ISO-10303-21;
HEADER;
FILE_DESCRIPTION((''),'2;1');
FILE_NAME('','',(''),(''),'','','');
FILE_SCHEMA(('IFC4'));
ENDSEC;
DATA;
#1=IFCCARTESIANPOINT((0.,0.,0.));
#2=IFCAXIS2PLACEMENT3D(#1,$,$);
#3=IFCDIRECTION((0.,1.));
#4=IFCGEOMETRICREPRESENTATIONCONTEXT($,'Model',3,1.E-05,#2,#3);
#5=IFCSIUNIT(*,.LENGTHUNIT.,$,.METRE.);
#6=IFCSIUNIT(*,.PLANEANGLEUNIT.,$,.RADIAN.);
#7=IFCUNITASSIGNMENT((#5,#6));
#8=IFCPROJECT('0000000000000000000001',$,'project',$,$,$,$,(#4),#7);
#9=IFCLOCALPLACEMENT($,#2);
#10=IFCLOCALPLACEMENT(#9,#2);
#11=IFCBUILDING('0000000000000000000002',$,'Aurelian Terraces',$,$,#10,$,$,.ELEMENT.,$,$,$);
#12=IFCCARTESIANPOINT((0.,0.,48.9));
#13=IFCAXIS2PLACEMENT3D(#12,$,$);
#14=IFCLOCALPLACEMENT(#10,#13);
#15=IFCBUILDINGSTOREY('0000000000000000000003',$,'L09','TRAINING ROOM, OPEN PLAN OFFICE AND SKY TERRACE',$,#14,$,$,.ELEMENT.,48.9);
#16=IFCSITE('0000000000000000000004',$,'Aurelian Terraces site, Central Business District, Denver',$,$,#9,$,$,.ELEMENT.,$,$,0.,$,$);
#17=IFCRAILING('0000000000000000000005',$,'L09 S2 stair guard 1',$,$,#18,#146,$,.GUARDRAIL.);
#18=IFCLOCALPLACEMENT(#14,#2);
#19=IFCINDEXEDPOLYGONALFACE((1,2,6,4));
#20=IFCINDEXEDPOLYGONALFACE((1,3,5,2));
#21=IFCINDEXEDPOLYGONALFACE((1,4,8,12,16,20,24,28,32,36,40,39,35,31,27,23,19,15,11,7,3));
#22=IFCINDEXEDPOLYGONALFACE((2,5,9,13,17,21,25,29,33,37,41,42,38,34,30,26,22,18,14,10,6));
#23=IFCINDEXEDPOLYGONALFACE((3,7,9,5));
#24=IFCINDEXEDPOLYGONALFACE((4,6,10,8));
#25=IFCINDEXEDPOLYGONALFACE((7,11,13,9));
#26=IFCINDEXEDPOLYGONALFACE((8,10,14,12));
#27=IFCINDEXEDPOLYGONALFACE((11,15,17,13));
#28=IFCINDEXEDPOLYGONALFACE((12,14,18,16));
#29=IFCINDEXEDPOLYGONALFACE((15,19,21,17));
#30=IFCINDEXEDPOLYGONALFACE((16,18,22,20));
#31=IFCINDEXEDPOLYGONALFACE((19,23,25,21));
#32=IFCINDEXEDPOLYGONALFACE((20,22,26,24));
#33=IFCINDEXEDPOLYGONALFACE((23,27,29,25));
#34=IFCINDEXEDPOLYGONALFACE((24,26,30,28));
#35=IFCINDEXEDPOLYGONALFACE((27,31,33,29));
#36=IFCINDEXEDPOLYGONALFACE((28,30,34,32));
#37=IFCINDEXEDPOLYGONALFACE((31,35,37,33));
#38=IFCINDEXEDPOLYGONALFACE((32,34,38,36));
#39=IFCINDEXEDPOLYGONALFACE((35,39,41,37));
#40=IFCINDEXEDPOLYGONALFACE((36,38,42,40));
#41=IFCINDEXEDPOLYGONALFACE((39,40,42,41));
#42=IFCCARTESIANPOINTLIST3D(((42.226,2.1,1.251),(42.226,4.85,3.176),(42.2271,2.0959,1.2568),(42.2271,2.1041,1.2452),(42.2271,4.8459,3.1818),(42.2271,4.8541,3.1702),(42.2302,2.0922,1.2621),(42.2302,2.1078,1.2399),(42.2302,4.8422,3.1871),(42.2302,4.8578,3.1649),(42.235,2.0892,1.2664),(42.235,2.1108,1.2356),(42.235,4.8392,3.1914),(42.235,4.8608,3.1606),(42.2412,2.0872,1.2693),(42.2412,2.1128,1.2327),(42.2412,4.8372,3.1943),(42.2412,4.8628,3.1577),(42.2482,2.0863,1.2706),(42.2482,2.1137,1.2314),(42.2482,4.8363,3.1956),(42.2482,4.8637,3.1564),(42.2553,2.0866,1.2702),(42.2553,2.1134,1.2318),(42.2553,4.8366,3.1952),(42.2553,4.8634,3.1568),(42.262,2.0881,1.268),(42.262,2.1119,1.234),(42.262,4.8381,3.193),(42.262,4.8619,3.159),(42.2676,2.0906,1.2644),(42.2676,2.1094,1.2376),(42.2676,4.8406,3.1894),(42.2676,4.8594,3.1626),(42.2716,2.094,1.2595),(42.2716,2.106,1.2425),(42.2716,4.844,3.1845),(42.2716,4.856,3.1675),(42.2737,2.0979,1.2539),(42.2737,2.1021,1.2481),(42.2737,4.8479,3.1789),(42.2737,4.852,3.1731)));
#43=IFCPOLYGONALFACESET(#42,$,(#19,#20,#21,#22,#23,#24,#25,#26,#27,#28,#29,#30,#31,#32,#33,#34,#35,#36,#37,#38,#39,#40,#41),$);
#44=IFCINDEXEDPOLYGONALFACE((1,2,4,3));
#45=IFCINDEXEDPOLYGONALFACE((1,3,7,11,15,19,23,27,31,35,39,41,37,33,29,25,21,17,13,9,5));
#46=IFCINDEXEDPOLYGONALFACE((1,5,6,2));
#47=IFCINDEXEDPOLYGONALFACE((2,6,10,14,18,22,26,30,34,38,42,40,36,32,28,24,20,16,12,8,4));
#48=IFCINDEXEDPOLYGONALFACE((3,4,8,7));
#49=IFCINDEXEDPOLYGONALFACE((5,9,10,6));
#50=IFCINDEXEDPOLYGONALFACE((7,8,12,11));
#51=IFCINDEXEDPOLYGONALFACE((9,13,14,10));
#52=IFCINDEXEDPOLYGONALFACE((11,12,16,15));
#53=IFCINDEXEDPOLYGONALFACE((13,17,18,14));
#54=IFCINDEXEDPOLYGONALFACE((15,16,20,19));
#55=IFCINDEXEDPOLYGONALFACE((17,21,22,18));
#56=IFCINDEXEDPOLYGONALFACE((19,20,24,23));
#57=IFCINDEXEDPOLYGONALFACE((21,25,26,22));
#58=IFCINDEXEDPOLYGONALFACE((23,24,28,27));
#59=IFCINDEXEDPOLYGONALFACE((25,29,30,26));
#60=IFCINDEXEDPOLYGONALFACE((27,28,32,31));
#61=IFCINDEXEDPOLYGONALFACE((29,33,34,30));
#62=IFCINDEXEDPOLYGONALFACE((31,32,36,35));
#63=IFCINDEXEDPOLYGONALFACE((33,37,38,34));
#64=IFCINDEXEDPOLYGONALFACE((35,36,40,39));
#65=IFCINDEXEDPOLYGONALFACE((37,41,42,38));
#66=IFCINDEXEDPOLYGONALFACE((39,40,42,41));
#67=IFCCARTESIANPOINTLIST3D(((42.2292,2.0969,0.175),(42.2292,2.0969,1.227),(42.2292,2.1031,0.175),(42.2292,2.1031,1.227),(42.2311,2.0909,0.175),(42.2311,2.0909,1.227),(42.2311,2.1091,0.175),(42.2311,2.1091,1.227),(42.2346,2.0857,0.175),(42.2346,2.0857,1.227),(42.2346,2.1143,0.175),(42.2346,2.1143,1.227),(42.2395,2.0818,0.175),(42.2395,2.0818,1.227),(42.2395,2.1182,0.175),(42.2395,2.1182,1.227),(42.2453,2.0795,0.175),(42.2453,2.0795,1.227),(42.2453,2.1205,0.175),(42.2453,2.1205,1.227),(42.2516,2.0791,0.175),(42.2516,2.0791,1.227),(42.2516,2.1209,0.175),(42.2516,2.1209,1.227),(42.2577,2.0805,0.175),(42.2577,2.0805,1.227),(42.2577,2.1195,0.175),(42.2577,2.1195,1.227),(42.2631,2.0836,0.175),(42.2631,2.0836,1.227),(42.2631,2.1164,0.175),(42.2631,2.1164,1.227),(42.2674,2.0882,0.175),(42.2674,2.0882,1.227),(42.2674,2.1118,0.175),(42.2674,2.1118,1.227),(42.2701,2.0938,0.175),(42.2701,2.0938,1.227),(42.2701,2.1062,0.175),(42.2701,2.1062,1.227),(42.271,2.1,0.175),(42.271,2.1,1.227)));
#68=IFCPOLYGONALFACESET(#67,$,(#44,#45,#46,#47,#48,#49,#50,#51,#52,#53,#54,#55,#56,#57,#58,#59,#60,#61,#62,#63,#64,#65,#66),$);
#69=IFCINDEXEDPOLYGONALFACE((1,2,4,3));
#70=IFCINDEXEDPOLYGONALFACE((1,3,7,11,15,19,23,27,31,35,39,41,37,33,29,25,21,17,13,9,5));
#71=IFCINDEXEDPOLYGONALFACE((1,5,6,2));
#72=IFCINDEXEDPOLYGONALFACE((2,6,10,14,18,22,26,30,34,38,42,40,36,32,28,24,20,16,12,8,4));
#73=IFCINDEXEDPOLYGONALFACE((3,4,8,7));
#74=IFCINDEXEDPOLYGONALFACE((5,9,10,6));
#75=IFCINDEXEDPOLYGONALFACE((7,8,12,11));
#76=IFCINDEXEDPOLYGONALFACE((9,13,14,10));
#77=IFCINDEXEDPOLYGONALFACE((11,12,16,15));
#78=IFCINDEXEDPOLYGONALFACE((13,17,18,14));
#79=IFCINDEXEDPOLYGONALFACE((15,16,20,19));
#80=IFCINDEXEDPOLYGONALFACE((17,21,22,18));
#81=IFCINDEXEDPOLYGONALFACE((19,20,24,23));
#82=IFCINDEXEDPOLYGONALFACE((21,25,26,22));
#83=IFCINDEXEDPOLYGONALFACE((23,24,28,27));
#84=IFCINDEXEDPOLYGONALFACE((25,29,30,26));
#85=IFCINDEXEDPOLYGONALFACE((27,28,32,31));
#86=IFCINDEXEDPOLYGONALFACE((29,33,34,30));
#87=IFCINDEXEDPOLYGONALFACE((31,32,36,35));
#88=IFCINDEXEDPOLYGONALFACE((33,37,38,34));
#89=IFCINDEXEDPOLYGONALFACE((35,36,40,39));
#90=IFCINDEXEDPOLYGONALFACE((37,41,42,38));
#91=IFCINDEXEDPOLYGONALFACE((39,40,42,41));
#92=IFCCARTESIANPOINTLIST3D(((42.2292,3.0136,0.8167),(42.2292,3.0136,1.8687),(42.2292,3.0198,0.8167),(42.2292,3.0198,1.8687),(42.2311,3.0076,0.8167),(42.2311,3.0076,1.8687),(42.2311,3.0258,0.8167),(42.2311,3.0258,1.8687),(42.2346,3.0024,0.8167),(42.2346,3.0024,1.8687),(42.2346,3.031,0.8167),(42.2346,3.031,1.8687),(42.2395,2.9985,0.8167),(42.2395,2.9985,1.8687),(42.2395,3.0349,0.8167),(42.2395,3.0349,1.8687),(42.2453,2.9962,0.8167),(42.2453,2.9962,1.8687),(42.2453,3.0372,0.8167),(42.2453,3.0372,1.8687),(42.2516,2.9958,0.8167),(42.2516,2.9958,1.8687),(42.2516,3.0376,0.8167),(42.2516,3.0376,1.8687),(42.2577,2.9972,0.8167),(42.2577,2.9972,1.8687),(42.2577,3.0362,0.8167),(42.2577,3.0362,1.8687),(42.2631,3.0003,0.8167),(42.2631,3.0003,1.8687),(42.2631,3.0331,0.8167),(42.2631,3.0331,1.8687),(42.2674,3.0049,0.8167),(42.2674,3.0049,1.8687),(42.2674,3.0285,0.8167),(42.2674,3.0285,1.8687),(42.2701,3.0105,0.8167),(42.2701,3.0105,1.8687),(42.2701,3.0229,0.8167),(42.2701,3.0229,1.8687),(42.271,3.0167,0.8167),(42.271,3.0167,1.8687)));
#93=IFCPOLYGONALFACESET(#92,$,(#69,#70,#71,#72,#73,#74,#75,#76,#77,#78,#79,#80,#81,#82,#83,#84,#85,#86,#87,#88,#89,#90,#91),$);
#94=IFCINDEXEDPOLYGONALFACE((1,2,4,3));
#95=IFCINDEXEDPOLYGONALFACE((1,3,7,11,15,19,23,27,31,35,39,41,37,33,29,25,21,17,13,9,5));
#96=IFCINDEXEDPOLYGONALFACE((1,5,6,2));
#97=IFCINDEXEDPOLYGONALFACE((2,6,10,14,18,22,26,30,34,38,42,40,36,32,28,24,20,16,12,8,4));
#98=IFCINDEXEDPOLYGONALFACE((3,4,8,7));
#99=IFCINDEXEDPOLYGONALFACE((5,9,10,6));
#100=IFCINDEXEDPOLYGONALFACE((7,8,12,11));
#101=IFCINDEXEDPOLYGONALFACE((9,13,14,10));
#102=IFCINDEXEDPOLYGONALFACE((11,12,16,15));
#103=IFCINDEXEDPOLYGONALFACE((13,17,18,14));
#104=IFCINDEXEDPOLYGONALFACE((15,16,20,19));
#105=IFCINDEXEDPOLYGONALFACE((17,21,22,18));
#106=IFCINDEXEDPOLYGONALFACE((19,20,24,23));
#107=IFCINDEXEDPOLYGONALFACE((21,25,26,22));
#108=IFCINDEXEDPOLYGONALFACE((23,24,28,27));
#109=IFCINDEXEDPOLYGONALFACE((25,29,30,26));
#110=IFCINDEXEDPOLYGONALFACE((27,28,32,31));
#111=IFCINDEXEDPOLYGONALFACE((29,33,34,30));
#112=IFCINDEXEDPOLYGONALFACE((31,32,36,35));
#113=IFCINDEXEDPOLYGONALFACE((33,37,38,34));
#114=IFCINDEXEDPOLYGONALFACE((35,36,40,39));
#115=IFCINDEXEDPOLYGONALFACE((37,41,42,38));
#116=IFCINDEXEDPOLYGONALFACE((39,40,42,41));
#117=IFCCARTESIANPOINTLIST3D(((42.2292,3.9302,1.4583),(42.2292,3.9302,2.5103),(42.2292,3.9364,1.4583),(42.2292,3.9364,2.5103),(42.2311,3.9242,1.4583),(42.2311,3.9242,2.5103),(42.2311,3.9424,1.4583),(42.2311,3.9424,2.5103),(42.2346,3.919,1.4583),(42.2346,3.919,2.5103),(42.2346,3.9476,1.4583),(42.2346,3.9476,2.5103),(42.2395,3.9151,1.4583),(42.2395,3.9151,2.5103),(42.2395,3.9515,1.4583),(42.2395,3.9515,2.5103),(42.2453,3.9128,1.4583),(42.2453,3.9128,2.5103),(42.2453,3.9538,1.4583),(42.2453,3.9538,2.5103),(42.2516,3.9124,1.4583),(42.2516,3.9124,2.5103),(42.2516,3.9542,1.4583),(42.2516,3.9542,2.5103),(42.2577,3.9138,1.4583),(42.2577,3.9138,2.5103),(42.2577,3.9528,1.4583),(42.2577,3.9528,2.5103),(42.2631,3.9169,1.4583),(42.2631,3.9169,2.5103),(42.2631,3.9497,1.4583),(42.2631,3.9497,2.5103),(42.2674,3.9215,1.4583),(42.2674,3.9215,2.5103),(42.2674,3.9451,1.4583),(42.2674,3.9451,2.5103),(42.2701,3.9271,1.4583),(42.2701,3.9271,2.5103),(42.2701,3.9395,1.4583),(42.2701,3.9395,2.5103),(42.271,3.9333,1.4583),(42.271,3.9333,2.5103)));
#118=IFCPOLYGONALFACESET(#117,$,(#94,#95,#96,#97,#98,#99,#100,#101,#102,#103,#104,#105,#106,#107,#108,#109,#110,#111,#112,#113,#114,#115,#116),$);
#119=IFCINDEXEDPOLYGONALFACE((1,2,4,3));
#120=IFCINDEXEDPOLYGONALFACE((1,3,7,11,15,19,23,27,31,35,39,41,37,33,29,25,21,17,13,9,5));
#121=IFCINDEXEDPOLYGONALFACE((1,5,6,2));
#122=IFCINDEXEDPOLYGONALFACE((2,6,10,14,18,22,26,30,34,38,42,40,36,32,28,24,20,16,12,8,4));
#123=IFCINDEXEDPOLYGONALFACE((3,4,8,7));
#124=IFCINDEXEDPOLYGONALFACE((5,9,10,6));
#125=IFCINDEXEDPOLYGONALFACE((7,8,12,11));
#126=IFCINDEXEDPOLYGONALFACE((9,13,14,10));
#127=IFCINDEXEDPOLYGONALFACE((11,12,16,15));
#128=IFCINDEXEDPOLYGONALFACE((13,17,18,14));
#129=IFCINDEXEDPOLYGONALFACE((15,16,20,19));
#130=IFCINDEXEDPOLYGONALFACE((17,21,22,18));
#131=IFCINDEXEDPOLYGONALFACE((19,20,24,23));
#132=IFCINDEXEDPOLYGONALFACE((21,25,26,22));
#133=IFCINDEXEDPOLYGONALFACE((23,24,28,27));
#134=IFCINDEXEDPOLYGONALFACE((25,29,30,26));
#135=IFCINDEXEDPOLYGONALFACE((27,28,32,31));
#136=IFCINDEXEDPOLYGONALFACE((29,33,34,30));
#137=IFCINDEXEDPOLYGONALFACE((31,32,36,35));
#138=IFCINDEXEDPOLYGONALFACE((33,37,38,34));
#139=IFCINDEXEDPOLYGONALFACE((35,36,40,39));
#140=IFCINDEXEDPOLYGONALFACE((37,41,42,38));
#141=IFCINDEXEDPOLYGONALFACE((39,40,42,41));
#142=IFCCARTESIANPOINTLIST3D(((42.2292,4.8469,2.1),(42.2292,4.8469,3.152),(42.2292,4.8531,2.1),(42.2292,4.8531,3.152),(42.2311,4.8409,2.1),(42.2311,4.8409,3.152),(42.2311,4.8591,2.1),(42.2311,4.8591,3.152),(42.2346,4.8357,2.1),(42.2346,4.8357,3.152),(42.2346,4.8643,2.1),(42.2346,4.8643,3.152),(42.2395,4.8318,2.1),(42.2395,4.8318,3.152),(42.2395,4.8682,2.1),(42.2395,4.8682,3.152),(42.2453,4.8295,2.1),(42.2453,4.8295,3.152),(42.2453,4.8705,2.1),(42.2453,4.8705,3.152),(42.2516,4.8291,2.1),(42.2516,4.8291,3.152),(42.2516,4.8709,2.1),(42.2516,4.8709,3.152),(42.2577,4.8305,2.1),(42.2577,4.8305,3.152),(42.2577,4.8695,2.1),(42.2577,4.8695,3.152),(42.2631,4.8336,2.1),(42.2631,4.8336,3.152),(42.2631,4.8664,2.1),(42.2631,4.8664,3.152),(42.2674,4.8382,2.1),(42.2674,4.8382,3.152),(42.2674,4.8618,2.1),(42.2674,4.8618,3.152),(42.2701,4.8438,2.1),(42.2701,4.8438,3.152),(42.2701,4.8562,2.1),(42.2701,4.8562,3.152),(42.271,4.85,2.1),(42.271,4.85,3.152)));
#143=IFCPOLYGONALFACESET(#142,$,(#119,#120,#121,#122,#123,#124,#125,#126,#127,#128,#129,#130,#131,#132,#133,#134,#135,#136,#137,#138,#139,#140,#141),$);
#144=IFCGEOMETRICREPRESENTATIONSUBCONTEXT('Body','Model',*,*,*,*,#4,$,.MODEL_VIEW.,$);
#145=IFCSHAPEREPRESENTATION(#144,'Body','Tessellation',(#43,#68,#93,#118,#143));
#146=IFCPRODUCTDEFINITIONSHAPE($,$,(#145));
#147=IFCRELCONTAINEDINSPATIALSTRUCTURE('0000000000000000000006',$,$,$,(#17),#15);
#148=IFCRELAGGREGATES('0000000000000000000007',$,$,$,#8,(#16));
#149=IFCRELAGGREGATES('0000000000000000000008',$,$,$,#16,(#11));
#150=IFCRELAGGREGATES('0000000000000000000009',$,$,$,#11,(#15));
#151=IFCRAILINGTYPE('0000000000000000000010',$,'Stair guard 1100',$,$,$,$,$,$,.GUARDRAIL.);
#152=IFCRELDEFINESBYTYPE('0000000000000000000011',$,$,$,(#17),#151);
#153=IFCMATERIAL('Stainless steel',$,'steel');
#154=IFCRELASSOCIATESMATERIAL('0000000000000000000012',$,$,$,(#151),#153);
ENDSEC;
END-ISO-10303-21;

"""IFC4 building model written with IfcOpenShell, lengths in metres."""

from ifc_helpers import new_model, si_unit, direction, frame, origin, origin_2d, place, context, subcontext, project, spatial, circle, extrude, source, transform, mapped, material, type_object, element, save


model = new_model("IFC4")

# Units and contexts
model_context = context("Model", 3, precision=1e-05, world=origin(), true_north=direction((0.0, 1.0)))
body_context = subcontext(model_context, "Body", "Model", "MODEL_VIEW")
ifc_project = project(units=[si_unit("LENGTHUNIT", "METRE"), si_unit("PLANEANGLEUNIT", "RADIAN")], contexts=[model_context])

# Site, building, storey
site_placement = place(None, origin())
site = spatial("IfcSite", under=ifc_project, at=site_placement, Name="Aurelian Terraces site, Central Business District, Denver", CompositionType="ELEMENT", RefElevation=0.0)
building_placement = place(site_placement, origin())
building = spatial("IfcBuilding", under=site, at=building_placement, Name="Aurelian Terraces", CompositionType="ELEMENT")
storey_placement = place(building_placement, frame((0.0, 0.0, 48.9)))
storey = spatial("IfcBuildingStorey", under=building, at=storey_placement, Name="L09", Description="TRAINING ROOM, OPEN PLAN OFFICE AND SKY TERRACE", CompositionType="ELEMENT", Elevation=48.9)

# Railing
ifc_material_1 = material(Name="Stainless steel", Category="steel")
railing_type_1 = type_object("IfcRailingType", Name="Stair guard 1100", PredefinedType="GUARDRAIL", material=ifc_material_1)
shared_shape_1 = source(origin(), body_context, "Body", "SweptSolid", [
    extrude(circle(Radius=0.024, at=origin_2d()), frame((0.0, 0.0, 1.076), z_axis=(0.0, 0.819232, 0.573462), x_axis=(-1.0, 0.0, 0.0)), (0.0, 0.0, 1.0), 3.3568),
    extrude(circle(Radius=0.021, at=origin_2d()), origin(), (0.0, 0.0, 1.0), 1.052),
    extrude(circle(Radius=0.021, at=origin_2d()), frame((0.0, 0.9167, 0.6417)), (0.0, 0.0, 1.0), 1.052),
    extrude(circle(Radius=0.021, at=origin_2d()), frame((0.0, 1.8333, 1.2833)), (0.0, 0.0, 1.0), 1.052),
    extrude(circle(Radius=0.021, at=origin_2d()), frame((0.0, 2.75, 1.925)), (0.0, 0.0, 1.0), 1.052),
])
railing_1_placement = place(storey_placement, frame((42.25, 2.1, 0.175)))
element("IfcRailing", 1, at=railing_1_placement, inside=storey, type_object=railing_type_1, Name="L09 S2 stair guard 1", PredefinedType="GUARDRAIL", context=body_context, shape_type="MappedRepresentation", body=[
    mapped(shared_shape_1, transform((0.0, 0.0, 0.0), scale=1.0)),
])

save(model, "model.ifc")
